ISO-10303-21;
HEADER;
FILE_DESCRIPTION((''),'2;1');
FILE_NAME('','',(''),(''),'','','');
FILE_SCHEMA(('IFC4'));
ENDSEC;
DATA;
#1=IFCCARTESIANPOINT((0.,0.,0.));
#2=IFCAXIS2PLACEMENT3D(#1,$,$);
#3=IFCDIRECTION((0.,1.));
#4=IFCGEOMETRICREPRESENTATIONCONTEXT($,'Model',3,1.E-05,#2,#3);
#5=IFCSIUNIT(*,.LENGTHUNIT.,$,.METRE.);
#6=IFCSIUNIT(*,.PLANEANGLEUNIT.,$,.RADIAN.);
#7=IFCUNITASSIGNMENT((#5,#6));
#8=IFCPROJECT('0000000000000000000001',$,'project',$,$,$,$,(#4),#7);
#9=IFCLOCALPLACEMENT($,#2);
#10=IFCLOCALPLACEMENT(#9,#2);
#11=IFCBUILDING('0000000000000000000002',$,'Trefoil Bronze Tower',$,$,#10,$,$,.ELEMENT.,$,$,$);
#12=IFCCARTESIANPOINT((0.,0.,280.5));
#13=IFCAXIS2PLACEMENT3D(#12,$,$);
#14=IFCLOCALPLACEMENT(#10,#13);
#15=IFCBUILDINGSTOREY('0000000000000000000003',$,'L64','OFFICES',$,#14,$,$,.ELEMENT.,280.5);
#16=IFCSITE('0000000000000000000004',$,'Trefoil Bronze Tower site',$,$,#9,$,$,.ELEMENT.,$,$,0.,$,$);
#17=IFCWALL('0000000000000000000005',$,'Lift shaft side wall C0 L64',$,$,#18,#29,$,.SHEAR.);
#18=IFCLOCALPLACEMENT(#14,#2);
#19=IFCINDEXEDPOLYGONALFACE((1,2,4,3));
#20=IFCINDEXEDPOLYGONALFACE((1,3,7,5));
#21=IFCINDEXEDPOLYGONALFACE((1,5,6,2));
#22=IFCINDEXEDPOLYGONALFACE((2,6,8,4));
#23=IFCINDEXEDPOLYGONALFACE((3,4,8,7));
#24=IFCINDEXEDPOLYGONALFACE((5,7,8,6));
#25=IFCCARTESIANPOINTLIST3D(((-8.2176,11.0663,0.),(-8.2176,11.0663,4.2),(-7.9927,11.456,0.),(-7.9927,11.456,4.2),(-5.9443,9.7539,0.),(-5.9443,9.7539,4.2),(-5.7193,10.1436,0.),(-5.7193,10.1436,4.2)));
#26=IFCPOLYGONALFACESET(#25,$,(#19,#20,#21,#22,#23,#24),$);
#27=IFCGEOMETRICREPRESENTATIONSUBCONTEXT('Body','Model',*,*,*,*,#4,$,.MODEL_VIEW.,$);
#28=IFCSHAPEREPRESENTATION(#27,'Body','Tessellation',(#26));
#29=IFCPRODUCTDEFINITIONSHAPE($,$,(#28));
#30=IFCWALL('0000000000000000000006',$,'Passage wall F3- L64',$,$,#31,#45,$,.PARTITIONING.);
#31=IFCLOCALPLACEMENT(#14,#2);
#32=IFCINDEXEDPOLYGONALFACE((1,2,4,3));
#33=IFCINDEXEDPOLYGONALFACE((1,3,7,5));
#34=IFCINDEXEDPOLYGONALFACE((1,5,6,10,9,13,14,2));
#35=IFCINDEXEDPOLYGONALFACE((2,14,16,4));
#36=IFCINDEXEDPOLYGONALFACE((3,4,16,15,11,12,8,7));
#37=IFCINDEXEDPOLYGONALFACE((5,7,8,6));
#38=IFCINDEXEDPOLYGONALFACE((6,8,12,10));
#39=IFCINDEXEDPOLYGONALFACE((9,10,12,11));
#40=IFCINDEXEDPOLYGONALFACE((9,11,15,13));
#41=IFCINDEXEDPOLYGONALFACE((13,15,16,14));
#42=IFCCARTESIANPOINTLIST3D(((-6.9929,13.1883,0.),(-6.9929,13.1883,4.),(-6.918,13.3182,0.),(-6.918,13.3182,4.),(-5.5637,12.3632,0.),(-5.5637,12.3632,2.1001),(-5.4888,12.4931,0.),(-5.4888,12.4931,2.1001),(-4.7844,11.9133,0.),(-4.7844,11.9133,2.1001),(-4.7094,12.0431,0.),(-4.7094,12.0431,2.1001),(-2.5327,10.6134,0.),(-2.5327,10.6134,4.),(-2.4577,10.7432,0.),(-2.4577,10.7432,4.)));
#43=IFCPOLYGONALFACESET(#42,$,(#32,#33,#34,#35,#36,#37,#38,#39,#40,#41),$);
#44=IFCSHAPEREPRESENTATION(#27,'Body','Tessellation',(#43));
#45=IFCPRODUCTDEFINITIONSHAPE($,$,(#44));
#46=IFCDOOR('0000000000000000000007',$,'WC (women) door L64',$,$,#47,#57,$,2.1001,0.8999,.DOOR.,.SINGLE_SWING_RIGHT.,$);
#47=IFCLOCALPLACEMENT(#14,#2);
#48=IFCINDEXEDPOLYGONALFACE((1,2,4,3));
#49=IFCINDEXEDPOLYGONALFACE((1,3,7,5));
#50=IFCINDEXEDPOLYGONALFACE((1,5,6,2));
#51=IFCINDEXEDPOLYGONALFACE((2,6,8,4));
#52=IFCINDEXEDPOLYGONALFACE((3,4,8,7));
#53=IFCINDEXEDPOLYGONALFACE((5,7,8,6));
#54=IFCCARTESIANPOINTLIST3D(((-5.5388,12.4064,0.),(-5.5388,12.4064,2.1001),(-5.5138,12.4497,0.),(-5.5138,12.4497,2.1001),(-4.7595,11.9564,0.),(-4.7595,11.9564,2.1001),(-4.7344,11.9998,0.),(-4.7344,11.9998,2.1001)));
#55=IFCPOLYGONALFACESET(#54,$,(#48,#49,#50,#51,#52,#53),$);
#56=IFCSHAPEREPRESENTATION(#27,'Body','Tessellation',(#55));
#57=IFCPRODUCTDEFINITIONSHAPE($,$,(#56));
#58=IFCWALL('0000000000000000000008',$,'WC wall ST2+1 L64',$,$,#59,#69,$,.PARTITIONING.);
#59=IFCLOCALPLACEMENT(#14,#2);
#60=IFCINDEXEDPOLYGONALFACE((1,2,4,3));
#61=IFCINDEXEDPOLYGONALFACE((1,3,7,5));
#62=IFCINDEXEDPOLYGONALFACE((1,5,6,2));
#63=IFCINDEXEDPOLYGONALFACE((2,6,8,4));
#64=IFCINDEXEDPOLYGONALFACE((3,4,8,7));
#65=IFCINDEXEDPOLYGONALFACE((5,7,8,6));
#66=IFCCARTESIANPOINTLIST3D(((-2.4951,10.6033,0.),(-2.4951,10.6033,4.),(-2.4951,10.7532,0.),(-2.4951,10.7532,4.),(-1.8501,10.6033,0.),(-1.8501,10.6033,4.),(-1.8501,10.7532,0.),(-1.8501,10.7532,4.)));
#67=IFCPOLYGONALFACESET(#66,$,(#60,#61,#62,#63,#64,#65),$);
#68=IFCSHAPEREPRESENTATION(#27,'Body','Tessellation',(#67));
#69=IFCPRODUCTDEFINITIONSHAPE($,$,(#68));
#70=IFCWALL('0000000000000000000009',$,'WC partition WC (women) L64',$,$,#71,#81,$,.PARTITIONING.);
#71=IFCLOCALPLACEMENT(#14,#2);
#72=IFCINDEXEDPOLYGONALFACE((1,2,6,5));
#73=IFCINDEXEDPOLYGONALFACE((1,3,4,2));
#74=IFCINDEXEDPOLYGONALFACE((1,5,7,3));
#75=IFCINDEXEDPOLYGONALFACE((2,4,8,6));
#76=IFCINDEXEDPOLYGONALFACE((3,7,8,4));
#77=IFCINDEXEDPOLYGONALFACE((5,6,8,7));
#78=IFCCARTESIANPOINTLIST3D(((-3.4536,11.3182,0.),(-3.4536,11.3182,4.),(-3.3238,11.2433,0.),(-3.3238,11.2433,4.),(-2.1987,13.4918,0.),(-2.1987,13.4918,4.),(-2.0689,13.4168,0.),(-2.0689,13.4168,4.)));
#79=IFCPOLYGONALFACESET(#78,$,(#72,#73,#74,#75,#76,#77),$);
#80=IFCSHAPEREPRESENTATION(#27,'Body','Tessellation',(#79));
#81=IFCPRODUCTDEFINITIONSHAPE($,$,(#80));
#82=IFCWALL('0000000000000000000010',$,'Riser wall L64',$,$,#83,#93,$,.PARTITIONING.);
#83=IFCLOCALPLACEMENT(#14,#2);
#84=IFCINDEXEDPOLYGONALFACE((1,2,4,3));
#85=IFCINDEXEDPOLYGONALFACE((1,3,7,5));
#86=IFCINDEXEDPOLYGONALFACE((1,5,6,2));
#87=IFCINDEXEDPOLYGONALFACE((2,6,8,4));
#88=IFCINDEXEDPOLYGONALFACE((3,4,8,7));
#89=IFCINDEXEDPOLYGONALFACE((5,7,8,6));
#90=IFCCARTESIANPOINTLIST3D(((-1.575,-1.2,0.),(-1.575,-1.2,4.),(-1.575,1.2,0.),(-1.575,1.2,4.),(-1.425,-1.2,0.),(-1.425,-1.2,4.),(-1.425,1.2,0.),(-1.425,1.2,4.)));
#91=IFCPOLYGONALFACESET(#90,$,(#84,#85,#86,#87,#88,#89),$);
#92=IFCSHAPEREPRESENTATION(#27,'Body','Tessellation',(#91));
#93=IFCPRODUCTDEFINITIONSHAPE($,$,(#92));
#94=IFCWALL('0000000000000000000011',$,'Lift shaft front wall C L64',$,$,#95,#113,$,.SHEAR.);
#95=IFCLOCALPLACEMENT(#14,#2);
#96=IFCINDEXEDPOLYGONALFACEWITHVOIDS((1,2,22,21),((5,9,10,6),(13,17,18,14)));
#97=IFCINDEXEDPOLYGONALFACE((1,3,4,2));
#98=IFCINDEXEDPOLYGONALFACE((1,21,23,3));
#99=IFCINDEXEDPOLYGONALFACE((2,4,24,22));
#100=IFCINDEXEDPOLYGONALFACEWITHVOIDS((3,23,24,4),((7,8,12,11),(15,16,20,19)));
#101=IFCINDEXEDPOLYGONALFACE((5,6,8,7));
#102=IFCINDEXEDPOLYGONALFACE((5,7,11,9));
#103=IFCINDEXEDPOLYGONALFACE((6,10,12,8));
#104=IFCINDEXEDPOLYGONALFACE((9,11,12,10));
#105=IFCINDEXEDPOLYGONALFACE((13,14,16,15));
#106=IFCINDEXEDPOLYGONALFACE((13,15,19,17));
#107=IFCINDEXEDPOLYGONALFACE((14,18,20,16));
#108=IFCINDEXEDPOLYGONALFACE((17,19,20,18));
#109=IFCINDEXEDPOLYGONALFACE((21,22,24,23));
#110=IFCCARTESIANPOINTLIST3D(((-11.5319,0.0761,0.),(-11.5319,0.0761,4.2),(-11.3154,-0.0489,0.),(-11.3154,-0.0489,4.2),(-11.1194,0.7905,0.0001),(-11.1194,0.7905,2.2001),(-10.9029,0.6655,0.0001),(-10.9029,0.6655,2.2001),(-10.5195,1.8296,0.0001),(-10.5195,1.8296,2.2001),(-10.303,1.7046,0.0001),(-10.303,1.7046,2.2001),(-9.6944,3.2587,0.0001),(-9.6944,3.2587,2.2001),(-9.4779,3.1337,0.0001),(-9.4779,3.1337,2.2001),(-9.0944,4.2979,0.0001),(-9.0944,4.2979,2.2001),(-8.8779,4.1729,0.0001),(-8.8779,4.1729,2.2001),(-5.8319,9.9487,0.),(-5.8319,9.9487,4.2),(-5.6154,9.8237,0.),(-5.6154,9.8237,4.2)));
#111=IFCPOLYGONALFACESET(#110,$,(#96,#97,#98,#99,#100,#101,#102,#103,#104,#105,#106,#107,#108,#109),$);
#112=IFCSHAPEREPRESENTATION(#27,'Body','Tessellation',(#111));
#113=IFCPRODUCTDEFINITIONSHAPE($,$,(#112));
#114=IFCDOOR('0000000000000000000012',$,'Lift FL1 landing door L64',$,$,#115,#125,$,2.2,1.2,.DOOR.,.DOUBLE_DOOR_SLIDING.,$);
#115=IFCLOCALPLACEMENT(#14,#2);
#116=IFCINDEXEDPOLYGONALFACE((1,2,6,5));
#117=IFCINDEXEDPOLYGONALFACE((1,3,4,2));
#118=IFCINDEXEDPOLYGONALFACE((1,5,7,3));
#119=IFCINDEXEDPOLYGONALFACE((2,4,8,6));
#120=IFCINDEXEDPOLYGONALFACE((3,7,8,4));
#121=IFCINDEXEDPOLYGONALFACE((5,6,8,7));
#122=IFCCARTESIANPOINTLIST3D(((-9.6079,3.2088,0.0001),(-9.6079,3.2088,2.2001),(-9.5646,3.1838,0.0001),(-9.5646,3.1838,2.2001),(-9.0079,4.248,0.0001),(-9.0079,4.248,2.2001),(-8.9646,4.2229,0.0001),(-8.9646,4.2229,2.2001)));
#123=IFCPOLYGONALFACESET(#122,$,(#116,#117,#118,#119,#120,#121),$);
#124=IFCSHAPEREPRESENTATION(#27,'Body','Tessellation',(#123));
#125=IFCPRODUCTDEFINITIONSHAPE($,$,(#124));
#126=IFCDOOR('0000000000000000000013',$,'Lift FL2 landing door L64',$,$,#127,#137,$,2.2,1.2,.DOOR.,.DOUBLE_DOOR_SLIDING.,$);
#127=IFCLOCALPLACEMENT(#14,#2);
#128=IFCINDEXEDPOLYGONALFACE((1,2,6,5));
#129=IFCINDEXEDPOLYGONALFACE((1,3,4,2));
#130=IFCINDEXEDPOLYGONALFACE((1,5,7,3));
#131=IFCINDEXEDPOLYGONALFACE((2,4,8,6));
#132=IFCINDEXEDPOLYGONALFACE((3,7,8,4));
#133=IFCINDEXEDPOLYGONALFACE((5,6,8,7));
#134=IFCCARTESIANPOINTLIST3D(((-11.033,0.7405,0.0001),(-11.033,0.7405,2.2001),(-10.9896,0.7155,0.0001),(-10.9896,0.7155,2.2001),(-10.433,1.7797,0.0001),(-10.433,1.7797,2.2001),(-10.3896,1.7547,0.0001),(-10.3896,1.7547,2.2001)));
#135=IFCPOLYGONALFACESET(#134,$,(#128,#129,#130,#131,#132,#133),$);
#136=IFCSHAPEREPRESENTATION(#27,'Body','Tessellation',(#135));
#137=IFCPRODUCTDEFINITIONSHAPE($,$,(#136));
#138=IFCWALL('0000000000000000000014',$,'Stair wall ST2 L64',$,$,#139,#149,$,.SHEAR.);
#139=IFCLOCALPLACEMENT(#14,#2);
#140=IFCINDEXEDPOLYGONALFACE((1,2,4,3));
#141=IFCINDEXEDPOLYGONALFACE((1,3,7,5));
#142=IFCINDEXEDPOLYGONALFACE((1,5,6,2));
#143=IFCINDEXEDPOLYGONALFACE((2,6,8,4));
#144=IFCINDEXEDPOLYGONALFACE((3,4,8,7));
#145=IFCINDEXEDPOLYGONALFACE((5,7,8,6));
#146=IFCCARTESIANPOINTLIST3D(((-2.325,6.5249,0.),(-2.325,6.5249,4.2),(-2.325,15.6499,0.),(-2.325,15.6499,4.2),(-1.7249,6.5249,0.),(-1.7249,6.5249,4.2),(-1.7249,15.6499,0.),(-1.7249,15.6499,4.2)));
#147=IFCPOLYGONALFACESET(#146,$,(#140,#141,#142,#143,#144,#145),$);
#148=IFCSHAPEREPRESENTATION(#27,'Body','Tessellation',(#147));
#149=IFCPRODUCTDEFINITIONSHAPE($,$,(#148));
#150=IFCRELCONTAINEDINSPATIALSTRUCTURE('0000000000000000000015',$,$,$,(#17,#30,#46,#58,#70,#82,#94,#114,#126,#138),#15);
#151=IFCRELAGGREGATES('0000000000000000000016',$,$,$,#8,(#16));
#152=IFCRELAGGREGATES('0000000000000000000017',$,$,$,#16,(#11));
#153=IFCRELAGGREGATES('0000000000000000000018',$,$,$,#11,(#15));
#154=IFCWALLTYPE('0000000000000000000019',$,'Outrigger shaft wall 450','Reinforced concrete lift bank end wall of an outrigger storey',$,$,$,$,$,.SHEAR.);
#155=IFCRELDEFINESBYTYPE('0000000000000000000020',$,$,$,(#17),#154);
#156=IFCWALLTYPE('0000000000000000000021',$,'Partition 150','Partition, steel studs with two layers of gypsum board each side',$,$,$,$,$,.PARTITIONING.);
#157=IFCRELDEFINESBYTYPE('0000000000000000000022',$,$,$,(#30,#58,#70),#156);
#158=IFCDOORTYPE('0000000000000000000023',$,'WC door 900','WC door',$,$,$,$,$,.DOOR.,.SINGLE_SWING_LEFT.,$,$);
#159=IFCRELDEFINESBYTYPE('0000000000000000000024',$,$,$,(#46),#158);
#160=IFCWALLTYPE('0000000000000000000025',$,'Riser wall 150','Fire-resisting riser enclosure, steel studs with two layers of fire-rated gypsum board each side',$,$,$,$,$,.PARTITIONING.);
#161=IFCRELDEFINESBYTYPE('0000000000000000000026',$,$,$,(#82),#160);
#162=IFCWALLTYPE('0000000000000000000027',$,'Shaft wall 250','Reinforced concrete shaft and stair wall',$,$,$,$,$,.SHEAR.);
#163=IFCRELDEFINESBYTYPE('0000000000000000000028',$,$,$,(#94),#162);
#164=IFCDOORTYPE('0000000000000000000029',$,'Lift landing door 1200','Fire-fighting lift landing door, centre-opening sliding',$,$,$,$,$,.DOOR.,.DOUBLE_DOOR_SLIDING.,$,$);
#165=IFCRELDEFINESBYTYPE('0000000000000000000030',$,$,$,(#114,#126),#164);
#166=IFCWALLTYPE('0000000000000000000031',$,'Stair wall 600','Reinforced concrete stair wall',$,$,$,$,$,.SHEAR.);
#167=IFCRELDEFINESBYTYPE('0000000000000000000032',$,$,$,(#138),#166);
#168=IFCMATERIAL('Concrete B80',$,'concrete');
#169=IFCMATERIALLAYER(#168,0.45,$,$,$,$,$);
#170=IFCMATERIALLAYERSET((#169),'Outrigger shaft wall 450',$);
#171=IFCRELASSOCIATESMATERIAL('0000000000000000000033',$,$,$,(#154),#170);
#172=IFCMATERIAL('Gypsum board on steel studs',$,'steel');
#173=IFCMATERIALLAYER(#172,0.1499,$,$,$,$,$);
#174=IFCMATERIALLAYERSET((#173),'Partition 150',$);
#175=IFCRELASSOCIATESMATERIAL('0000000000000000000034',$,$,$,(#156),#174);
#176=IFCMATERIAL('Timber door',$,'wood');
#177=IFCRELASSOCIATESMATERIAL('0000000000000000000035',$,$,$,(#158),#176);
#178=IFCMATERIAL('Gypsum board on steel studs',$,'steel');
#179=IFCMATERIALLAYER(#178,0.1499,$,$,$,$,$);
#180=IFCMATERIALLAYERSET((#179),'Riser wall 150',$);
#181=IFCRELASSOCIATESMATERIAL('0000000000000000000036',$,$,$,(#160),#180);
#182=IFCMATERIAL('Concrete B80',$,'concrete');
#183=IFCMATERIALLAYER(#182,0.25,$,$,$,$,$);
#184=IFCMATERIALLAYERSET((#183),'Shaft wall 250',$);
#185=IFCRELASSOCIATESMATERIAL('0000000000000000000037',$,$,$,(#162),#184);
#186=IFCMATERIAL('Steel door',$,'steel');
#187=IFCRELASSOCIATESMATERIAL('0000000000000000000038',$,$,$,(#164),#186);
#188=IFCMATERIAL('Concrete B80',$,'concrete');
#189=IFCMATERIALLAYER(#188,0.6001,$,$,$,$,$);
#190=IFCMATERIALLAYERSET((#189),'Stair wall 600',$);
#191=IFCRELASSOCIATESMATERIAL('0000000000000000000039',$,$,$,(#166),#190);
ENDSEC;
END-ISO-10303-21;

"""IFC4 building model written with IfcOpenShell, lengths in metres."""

from ifc_helpers import new_model, si_unit, direction, frame, frame_2d, origin, place, context, subcontext, project, spatial, rectangle, extrude, material, layer, layer_set, type_object, element, fill, save


model = new_model("IFC4")

# Units and contexts
model_context = context("Model", 3, precision=1e-05, world=origin(), true_north=direction((0.0, 1.0)))
body_context = subcontext(model_context, "Body", "Model", "MODEL_VIEW")
ifc_project = project(units=[si_unit("LENGTHUNIT", "METRE"), si_unit("PLANEANGLEUNIT", "RADIAN")], contexts=[model_context])

# Site, building, storey
site_placement = place(None, origin())
site = spatial("IfcSite", under=ifc_project, at=site_placement, Name="Trefoil Bronze Tower site", CompositionType="ELEMENT", RefElevation=0.0)
building_placement = place(site_placement, origin())
building = spatial("IfcBuilding", under=site, at=building_placement, Name="Trefoil Bronze Tower", CompositionType="ELEMENT")
storey_placement = place(building_placement, frame((0.0, 0.0, 280.5)))
storey = spatial("IfcBuildingStorey", under=building, at=storey_placement, Name="L64", Description="OFFICES", CompositionType="ELEMENT", Elevation=280.5)

# Wall
ifc_material_1 = material(Name="Concrete B80", Category="concrete")
ifc_layer_1 = layer(ifc_material_1, 0.45)
ifc_layer_set_1 = layer_set([ifc_layer_1], Name="Outrigger shaft wall 450")
wall_type_1 = type_object("IfcWallType", Name="Outrigger shaft wall 450", Description="Reinforced concrete lift bank end wall of an outrigger storey", PredefinedType="SHEAR", material=ifc_layer_set_1)
wall_1_placement = place(storey_placement, frame((-5.8318, 9.9487, 0.0), z_axis=(0.0, 0.0, 1.0), x_axis=(-0.866037, 0.49998, 0.0)))
element("IfcWall", 1, at=wall_1_placement, inside=storey, type_object=wall_type_1, Name="Lift shaft side wall C0 L64", PredefinedType="SHEAR", context=body_context, shape_type="SweptSolid", body=[
    extrude(rectangle(XDim=2.625, YDim=0.45, at=frame_2d((1.3125, 0.0))), origin(), (0.0, 0.0, 1.0), 4.2),
])

# Wall, opening, door
ifc_material_2 = material(Name="Gypsum board on steel studs", Category="steel")
ifc_layer_2 = layer(ifc_material_2, 0.1499)
ifc_layer_set_2 = layer_set([ifc_layer_2], Name="Partition 150")
wall_type_2 = type_object("IfcWallType", Name="Partition 150", Description="Partition, steel studs with two layers of gypsum board each side", PredefinedType="PARTITIONING", material=ifc_layer_set_2)
wall_2_placement = place(storey_placement, frame((-2.4951, 10.6782, 0.0), z_axis=(0.0, 0.0, 1.0), x_axis=(-0.866038, 0.499978, 0.0)))
wall_2 = element("IfcWall", 2, at=wall_2_placement, inside=storey, type_object=wall_type_2, Name="Passage wall F3- L64", PredefinedType="PARTITIONING", context=body_context, shape_type="SweptSolid", body=[
    extrude(rectangle(XDim=5.1501, YDim=0.1499, at=frame_2d((2.5752, 0.0))), origin(), (0.0, 0.0, 1.0), 4.0),
])
opening_1_placement = place(wall_2_placement, frame((2.6001, 0.0, 0.0)))
opening_1 = element("IfcOpeningElement", 3, at=opening_1_placement, cuts=wall_2, PredefinedType="OPENING", context=body_context, shape_type="SweptSolid", body=[
    extrude(rectangle(XDim=0.8999, YDim=2.1001, at=frame_2d((0.45, 1.05))), frame((0.0, 0.085, 0.0), z_axis=(0.0, -1.0, 0.0), x_axis=(1.0, 0.0, 0.0)), (0.0, 0.0, 1.0), 0.1699),
])
ifc_material_3 = material(Name="Timber door", Category="wood")
door_type_1 = type_object("IfcDoorType", Name="WC door 900", Description="WC door", OperationType="SINGLE_SWING_LEFT", PredefinedType="DOOR", material=ifc_material_3)
door_1_placement = place(opening_1_placement, frame((0.8999, 0.0, 0.0), z_axis=(0.0, 0.0, 1.0), x_axis=(-1.0, 0.0, 0.0)))
door_1 = element("IfcDoor", 4, at=door_1_placement, inside=storey, type_object=door_type_1, Name="WC (women) door L64", OperationType="SINGLE_SWING_RIGHT", OverallHeight=2.1001, OverallWidth=0.8999, PredefinedType="DOOR", context=body_context, shape_type="SweptSolid", body=[
    extrude(rectangle(XDim=0.8999, YDim=2.1001, at=frame_2d((0.45, 1.05))), frame((0.0, 0.0249, 0.0), z_axis=(0.0, -1.0, 0.0), x_axis=(1.0, 0.0, 0.0)), (0.0, 0.0, 1.0), 0.05),
])
fill(opening_1, door_1)

# Walls
wall_3_placement = place(storey_placement, frame((-2.4951, 10.6782, 0.0), z_axis=(0.0, 0.0, 1.0), x_axis=(1.0, 0.0, 0.0)))
element("IfcWall", 5, at=wall_3_placement, inside=storey, type_object=wall_type_2, Name="WC wall ST2+1 L64", PredefinedType="PARTITIONING", context=body_context, shape_type="SweptSolid", body=[
    extrude(rectangle(XDim=0.645, YDim=0.1499, at=frame_2d((0.3225, 0.0))), origin(), (0.0, 0.0, 1.0), 4.0),
])
wall_4_placement = place(storey_placement, frame((-3.3887, 11.2808, 0.0), z_axis=(0.0, 0.0, 1.0), x_axis=(0.499989, 0.866032, 0.0)))
element("IfcWall", 6, at=wall_4_placement, inside=storey, type_object=wall_type_2, Name="WC partition WC (women) L64", PredefinedType="PARTITIONING", context=body_context, shape_type="SweptSolid", body=[
    extrude(rectangle(XDim=2.5098, YDim=0.1499, at=frame_2d((1.2549, 0.0))), origin(), (0.0, 0.0, 1.0), 4.0),
])
ifc_material_4 = material(Name="Gypsum board on steel studs", Category="steel")
ifc_layer_3 = layer(ifc_material_4, 0.1499)
ifc_layer_set_3 = layer_set([ifc_layer_3], Name="Riser wall 150")
wall_type_3 = type_object("IfcWallType", Name="Riser wall 150", Description="Fire-resisting riser enclosure, steel studs with two layers of fire-rated gypsum board each side", PredefinedType="PARTITIONING", material=ifc_layer_set_3)
wall_5_placement = place(storey_placement, frame((-1.5, 1.2, 0.0), z_axis=(0.0, 0.0, 1.0), x_axis=(0.0, -1.0, 0.0)))
element("IfcWall", 7, at=wall_5_placement, inside=storey, type_object=wall_type_3, Name="Riser wall L64", PredefinedType="PARTITIONING", context=body_context, shape_type="SweptSolid", body=[
    extrude(rectangle(XDim=2.3999, YDim=0.1499, at=frame_2d((1.2, 0.0))), origin(), (0.0, 0.0, 1.0), 4.0),
])

# Wall, openings, doors
ifc_material_5 = material(Name="Concrete B80", Category="concrete")
ifc_layer_4 = layer(ifc_material_5, 0.25)
ifc_layer_set_4 = layer_set([ifc_layer_4], Name="Shaft wall 250")
wall_type_4 = type_object("IfcWallType", Name="Shaft wall 250", Description="Reinforced concrete shaft and stair wall", PredefinedType="SHEAR", material=ifc_layer_set_4)
wall_6_placement = place(storey_placement, frame((-5.7236, 9.8862, 0.0), z_axis=(0.0, 0.0, 1.0), x_axis=(-0.500002, -0.866024, 0.0)))
wall_6 = element("IfcWall", 8, at=wall_6_placement, inside=storey, type_object=wall_type_4, Name="Lift shaft front wall C L64", PredefinedType="SHEAR", context=body_context, shape_type="SweptSolid", body=[
    extrude(rectangle(XDim=11.3999, YDim=0.25, at=frame_2d((5.7, 0.0))), origin(), (0.0, 0.0, 1.0), 4.2),
])
opening_2_placement = place(wall_6_placement, frame((6.5249, 0.0, 0.0)))
opening_2 = element("IfcOpeningElement", 9, at=opening_2_placement, cuts=wall_6, PredefinedType="OPENING", context=body_context, shape_type="SweptSolid", body=[
    extrude(rectangle(XDim=1.2, YDim=2.2, at=frame_2d((0.6001, 1.1001))), frame((0.0, 0.135, 0.0), z_axis=(0.0, -1.0, 0.0), x_axis=(1.0, 0.0, 0.0)), (0.0, 0.0, 1.0), 0.27),
])
opening_3_placement = place(wall_6_placement, frame((9.375, 0.0, 0.0)))
opening_3 = element("IfcOpeningElement", 10, at=opening_3_placement, cuts=wall_6, PredefinedType="OPENING", context=body_context, shape_type="SweptSolid", body=[
    extrude(rectangle(XDim=1.2, YDim=2.2, at=frame_2d((0.6001, 1.1001))), frame((0.0, 0.135, 0.0), z_axis=(0.0, -1.0, 0.0), x_axis=(1.0, 0.0, 0.0)), (0.0, 0.0, 1.0), 0.27),
])
ifc_material_6 = material(Name="Steel door", Category="steel")
door_type_2 = type_object("IfcDoorType", Name="Lift landing door 1200", Description="Fire-fighting lift landing door, centre-opening sliding", OperationType="DOUBLE_DOOR_SLIDING", PredefinedType="DOOR", material=ifc_material_6)
door_2_placement = place(opening_2_placement, origin())
door_2 = element("IfcDoor", 11, at=door_2_placement, inside=storey, type_object=door_type_2, Name="Lift FL1 landing door L64", OperationType="DOUBLE_DOOR_SLIDING", OverallHeight=2.2, OverallWidth=1.2, PredefinedType="DOOR", context=body_context, shape_type="SweptSolid", body=[
    extrude(rectangle(XDim=1.2, YDim=2.2, at=frame_2d((0.6001, 1.1001))), frame((0.0, 0.0249, 0.0), z_axis=(0.0, -1.0, 0.0), x_axis=(1.0, 0.0, 0.0)), (0.0, 0.0, 1.0), 0.05),
])
fill(opening_2, door_2)
door_3_placement = place(opening_3_placement, origin())
door_3 = element("IfcDoor", 12, at=door_3_placement, inside=storey, type_object=door_type_2, Name="Lift FL2 landing door L64", OperationType="DOUBLE_DOOR_SLIDING", OverallHeight=2.2, OverallWidth=1.2, PredefinedType="DOOR", context=body_context, shape_type="SweptSolid", body=[
    extrude(rectangle(XDim=1.2, YDim=2.2, at=frame_2d((0.6001, 1.1001))), frame((0.0, 0.0249, 0.0), z_axis=(0.0, -1.0, 0.0), x_axis=(1.0, 0.0, 0.0)), (0.0, 0.0, 1.0), 0.05),
])
fill(opening_3, door_3)

# Wall
ifc_material_7 = material(Name="Concrete B80", Category="concrete")
ifc_layer_5 = layer(ifc_material_7, 0.6001)
ifc_layer_set_5 = layer_set([ifc_layer_5], Name="Stair wall 600")
wall_type_5 = type_object("IfcWallType", Name="Stair wall 600", Description="Reinforced concrete stair wall", PredefinedType="SHEAR", material=ifc_layer_set_5)
wall_7_placement = place(storey_placement, frame((-2.0249, 6.5249, 0.0), z_axis=(0.0, 0.0, 1.0), x_axis=(0.0, 1.0, 0.0)))
element("IfcWall", 13, at=wall_7_placement, inside=storey, type_object=wall_type_5, Name="Stair wall ST2 L64", PredefinedType="SHEAR", context=body_context, shape_type="SweptSolid", body=[
    extrude(rectangle(XDim=9.125, YDim=0.6001, at=frame_2d((4.5625, 0.0))), origin(), (0.0, 0.0, 1.0), 4.2),
])

save(model, "model.ifc")
